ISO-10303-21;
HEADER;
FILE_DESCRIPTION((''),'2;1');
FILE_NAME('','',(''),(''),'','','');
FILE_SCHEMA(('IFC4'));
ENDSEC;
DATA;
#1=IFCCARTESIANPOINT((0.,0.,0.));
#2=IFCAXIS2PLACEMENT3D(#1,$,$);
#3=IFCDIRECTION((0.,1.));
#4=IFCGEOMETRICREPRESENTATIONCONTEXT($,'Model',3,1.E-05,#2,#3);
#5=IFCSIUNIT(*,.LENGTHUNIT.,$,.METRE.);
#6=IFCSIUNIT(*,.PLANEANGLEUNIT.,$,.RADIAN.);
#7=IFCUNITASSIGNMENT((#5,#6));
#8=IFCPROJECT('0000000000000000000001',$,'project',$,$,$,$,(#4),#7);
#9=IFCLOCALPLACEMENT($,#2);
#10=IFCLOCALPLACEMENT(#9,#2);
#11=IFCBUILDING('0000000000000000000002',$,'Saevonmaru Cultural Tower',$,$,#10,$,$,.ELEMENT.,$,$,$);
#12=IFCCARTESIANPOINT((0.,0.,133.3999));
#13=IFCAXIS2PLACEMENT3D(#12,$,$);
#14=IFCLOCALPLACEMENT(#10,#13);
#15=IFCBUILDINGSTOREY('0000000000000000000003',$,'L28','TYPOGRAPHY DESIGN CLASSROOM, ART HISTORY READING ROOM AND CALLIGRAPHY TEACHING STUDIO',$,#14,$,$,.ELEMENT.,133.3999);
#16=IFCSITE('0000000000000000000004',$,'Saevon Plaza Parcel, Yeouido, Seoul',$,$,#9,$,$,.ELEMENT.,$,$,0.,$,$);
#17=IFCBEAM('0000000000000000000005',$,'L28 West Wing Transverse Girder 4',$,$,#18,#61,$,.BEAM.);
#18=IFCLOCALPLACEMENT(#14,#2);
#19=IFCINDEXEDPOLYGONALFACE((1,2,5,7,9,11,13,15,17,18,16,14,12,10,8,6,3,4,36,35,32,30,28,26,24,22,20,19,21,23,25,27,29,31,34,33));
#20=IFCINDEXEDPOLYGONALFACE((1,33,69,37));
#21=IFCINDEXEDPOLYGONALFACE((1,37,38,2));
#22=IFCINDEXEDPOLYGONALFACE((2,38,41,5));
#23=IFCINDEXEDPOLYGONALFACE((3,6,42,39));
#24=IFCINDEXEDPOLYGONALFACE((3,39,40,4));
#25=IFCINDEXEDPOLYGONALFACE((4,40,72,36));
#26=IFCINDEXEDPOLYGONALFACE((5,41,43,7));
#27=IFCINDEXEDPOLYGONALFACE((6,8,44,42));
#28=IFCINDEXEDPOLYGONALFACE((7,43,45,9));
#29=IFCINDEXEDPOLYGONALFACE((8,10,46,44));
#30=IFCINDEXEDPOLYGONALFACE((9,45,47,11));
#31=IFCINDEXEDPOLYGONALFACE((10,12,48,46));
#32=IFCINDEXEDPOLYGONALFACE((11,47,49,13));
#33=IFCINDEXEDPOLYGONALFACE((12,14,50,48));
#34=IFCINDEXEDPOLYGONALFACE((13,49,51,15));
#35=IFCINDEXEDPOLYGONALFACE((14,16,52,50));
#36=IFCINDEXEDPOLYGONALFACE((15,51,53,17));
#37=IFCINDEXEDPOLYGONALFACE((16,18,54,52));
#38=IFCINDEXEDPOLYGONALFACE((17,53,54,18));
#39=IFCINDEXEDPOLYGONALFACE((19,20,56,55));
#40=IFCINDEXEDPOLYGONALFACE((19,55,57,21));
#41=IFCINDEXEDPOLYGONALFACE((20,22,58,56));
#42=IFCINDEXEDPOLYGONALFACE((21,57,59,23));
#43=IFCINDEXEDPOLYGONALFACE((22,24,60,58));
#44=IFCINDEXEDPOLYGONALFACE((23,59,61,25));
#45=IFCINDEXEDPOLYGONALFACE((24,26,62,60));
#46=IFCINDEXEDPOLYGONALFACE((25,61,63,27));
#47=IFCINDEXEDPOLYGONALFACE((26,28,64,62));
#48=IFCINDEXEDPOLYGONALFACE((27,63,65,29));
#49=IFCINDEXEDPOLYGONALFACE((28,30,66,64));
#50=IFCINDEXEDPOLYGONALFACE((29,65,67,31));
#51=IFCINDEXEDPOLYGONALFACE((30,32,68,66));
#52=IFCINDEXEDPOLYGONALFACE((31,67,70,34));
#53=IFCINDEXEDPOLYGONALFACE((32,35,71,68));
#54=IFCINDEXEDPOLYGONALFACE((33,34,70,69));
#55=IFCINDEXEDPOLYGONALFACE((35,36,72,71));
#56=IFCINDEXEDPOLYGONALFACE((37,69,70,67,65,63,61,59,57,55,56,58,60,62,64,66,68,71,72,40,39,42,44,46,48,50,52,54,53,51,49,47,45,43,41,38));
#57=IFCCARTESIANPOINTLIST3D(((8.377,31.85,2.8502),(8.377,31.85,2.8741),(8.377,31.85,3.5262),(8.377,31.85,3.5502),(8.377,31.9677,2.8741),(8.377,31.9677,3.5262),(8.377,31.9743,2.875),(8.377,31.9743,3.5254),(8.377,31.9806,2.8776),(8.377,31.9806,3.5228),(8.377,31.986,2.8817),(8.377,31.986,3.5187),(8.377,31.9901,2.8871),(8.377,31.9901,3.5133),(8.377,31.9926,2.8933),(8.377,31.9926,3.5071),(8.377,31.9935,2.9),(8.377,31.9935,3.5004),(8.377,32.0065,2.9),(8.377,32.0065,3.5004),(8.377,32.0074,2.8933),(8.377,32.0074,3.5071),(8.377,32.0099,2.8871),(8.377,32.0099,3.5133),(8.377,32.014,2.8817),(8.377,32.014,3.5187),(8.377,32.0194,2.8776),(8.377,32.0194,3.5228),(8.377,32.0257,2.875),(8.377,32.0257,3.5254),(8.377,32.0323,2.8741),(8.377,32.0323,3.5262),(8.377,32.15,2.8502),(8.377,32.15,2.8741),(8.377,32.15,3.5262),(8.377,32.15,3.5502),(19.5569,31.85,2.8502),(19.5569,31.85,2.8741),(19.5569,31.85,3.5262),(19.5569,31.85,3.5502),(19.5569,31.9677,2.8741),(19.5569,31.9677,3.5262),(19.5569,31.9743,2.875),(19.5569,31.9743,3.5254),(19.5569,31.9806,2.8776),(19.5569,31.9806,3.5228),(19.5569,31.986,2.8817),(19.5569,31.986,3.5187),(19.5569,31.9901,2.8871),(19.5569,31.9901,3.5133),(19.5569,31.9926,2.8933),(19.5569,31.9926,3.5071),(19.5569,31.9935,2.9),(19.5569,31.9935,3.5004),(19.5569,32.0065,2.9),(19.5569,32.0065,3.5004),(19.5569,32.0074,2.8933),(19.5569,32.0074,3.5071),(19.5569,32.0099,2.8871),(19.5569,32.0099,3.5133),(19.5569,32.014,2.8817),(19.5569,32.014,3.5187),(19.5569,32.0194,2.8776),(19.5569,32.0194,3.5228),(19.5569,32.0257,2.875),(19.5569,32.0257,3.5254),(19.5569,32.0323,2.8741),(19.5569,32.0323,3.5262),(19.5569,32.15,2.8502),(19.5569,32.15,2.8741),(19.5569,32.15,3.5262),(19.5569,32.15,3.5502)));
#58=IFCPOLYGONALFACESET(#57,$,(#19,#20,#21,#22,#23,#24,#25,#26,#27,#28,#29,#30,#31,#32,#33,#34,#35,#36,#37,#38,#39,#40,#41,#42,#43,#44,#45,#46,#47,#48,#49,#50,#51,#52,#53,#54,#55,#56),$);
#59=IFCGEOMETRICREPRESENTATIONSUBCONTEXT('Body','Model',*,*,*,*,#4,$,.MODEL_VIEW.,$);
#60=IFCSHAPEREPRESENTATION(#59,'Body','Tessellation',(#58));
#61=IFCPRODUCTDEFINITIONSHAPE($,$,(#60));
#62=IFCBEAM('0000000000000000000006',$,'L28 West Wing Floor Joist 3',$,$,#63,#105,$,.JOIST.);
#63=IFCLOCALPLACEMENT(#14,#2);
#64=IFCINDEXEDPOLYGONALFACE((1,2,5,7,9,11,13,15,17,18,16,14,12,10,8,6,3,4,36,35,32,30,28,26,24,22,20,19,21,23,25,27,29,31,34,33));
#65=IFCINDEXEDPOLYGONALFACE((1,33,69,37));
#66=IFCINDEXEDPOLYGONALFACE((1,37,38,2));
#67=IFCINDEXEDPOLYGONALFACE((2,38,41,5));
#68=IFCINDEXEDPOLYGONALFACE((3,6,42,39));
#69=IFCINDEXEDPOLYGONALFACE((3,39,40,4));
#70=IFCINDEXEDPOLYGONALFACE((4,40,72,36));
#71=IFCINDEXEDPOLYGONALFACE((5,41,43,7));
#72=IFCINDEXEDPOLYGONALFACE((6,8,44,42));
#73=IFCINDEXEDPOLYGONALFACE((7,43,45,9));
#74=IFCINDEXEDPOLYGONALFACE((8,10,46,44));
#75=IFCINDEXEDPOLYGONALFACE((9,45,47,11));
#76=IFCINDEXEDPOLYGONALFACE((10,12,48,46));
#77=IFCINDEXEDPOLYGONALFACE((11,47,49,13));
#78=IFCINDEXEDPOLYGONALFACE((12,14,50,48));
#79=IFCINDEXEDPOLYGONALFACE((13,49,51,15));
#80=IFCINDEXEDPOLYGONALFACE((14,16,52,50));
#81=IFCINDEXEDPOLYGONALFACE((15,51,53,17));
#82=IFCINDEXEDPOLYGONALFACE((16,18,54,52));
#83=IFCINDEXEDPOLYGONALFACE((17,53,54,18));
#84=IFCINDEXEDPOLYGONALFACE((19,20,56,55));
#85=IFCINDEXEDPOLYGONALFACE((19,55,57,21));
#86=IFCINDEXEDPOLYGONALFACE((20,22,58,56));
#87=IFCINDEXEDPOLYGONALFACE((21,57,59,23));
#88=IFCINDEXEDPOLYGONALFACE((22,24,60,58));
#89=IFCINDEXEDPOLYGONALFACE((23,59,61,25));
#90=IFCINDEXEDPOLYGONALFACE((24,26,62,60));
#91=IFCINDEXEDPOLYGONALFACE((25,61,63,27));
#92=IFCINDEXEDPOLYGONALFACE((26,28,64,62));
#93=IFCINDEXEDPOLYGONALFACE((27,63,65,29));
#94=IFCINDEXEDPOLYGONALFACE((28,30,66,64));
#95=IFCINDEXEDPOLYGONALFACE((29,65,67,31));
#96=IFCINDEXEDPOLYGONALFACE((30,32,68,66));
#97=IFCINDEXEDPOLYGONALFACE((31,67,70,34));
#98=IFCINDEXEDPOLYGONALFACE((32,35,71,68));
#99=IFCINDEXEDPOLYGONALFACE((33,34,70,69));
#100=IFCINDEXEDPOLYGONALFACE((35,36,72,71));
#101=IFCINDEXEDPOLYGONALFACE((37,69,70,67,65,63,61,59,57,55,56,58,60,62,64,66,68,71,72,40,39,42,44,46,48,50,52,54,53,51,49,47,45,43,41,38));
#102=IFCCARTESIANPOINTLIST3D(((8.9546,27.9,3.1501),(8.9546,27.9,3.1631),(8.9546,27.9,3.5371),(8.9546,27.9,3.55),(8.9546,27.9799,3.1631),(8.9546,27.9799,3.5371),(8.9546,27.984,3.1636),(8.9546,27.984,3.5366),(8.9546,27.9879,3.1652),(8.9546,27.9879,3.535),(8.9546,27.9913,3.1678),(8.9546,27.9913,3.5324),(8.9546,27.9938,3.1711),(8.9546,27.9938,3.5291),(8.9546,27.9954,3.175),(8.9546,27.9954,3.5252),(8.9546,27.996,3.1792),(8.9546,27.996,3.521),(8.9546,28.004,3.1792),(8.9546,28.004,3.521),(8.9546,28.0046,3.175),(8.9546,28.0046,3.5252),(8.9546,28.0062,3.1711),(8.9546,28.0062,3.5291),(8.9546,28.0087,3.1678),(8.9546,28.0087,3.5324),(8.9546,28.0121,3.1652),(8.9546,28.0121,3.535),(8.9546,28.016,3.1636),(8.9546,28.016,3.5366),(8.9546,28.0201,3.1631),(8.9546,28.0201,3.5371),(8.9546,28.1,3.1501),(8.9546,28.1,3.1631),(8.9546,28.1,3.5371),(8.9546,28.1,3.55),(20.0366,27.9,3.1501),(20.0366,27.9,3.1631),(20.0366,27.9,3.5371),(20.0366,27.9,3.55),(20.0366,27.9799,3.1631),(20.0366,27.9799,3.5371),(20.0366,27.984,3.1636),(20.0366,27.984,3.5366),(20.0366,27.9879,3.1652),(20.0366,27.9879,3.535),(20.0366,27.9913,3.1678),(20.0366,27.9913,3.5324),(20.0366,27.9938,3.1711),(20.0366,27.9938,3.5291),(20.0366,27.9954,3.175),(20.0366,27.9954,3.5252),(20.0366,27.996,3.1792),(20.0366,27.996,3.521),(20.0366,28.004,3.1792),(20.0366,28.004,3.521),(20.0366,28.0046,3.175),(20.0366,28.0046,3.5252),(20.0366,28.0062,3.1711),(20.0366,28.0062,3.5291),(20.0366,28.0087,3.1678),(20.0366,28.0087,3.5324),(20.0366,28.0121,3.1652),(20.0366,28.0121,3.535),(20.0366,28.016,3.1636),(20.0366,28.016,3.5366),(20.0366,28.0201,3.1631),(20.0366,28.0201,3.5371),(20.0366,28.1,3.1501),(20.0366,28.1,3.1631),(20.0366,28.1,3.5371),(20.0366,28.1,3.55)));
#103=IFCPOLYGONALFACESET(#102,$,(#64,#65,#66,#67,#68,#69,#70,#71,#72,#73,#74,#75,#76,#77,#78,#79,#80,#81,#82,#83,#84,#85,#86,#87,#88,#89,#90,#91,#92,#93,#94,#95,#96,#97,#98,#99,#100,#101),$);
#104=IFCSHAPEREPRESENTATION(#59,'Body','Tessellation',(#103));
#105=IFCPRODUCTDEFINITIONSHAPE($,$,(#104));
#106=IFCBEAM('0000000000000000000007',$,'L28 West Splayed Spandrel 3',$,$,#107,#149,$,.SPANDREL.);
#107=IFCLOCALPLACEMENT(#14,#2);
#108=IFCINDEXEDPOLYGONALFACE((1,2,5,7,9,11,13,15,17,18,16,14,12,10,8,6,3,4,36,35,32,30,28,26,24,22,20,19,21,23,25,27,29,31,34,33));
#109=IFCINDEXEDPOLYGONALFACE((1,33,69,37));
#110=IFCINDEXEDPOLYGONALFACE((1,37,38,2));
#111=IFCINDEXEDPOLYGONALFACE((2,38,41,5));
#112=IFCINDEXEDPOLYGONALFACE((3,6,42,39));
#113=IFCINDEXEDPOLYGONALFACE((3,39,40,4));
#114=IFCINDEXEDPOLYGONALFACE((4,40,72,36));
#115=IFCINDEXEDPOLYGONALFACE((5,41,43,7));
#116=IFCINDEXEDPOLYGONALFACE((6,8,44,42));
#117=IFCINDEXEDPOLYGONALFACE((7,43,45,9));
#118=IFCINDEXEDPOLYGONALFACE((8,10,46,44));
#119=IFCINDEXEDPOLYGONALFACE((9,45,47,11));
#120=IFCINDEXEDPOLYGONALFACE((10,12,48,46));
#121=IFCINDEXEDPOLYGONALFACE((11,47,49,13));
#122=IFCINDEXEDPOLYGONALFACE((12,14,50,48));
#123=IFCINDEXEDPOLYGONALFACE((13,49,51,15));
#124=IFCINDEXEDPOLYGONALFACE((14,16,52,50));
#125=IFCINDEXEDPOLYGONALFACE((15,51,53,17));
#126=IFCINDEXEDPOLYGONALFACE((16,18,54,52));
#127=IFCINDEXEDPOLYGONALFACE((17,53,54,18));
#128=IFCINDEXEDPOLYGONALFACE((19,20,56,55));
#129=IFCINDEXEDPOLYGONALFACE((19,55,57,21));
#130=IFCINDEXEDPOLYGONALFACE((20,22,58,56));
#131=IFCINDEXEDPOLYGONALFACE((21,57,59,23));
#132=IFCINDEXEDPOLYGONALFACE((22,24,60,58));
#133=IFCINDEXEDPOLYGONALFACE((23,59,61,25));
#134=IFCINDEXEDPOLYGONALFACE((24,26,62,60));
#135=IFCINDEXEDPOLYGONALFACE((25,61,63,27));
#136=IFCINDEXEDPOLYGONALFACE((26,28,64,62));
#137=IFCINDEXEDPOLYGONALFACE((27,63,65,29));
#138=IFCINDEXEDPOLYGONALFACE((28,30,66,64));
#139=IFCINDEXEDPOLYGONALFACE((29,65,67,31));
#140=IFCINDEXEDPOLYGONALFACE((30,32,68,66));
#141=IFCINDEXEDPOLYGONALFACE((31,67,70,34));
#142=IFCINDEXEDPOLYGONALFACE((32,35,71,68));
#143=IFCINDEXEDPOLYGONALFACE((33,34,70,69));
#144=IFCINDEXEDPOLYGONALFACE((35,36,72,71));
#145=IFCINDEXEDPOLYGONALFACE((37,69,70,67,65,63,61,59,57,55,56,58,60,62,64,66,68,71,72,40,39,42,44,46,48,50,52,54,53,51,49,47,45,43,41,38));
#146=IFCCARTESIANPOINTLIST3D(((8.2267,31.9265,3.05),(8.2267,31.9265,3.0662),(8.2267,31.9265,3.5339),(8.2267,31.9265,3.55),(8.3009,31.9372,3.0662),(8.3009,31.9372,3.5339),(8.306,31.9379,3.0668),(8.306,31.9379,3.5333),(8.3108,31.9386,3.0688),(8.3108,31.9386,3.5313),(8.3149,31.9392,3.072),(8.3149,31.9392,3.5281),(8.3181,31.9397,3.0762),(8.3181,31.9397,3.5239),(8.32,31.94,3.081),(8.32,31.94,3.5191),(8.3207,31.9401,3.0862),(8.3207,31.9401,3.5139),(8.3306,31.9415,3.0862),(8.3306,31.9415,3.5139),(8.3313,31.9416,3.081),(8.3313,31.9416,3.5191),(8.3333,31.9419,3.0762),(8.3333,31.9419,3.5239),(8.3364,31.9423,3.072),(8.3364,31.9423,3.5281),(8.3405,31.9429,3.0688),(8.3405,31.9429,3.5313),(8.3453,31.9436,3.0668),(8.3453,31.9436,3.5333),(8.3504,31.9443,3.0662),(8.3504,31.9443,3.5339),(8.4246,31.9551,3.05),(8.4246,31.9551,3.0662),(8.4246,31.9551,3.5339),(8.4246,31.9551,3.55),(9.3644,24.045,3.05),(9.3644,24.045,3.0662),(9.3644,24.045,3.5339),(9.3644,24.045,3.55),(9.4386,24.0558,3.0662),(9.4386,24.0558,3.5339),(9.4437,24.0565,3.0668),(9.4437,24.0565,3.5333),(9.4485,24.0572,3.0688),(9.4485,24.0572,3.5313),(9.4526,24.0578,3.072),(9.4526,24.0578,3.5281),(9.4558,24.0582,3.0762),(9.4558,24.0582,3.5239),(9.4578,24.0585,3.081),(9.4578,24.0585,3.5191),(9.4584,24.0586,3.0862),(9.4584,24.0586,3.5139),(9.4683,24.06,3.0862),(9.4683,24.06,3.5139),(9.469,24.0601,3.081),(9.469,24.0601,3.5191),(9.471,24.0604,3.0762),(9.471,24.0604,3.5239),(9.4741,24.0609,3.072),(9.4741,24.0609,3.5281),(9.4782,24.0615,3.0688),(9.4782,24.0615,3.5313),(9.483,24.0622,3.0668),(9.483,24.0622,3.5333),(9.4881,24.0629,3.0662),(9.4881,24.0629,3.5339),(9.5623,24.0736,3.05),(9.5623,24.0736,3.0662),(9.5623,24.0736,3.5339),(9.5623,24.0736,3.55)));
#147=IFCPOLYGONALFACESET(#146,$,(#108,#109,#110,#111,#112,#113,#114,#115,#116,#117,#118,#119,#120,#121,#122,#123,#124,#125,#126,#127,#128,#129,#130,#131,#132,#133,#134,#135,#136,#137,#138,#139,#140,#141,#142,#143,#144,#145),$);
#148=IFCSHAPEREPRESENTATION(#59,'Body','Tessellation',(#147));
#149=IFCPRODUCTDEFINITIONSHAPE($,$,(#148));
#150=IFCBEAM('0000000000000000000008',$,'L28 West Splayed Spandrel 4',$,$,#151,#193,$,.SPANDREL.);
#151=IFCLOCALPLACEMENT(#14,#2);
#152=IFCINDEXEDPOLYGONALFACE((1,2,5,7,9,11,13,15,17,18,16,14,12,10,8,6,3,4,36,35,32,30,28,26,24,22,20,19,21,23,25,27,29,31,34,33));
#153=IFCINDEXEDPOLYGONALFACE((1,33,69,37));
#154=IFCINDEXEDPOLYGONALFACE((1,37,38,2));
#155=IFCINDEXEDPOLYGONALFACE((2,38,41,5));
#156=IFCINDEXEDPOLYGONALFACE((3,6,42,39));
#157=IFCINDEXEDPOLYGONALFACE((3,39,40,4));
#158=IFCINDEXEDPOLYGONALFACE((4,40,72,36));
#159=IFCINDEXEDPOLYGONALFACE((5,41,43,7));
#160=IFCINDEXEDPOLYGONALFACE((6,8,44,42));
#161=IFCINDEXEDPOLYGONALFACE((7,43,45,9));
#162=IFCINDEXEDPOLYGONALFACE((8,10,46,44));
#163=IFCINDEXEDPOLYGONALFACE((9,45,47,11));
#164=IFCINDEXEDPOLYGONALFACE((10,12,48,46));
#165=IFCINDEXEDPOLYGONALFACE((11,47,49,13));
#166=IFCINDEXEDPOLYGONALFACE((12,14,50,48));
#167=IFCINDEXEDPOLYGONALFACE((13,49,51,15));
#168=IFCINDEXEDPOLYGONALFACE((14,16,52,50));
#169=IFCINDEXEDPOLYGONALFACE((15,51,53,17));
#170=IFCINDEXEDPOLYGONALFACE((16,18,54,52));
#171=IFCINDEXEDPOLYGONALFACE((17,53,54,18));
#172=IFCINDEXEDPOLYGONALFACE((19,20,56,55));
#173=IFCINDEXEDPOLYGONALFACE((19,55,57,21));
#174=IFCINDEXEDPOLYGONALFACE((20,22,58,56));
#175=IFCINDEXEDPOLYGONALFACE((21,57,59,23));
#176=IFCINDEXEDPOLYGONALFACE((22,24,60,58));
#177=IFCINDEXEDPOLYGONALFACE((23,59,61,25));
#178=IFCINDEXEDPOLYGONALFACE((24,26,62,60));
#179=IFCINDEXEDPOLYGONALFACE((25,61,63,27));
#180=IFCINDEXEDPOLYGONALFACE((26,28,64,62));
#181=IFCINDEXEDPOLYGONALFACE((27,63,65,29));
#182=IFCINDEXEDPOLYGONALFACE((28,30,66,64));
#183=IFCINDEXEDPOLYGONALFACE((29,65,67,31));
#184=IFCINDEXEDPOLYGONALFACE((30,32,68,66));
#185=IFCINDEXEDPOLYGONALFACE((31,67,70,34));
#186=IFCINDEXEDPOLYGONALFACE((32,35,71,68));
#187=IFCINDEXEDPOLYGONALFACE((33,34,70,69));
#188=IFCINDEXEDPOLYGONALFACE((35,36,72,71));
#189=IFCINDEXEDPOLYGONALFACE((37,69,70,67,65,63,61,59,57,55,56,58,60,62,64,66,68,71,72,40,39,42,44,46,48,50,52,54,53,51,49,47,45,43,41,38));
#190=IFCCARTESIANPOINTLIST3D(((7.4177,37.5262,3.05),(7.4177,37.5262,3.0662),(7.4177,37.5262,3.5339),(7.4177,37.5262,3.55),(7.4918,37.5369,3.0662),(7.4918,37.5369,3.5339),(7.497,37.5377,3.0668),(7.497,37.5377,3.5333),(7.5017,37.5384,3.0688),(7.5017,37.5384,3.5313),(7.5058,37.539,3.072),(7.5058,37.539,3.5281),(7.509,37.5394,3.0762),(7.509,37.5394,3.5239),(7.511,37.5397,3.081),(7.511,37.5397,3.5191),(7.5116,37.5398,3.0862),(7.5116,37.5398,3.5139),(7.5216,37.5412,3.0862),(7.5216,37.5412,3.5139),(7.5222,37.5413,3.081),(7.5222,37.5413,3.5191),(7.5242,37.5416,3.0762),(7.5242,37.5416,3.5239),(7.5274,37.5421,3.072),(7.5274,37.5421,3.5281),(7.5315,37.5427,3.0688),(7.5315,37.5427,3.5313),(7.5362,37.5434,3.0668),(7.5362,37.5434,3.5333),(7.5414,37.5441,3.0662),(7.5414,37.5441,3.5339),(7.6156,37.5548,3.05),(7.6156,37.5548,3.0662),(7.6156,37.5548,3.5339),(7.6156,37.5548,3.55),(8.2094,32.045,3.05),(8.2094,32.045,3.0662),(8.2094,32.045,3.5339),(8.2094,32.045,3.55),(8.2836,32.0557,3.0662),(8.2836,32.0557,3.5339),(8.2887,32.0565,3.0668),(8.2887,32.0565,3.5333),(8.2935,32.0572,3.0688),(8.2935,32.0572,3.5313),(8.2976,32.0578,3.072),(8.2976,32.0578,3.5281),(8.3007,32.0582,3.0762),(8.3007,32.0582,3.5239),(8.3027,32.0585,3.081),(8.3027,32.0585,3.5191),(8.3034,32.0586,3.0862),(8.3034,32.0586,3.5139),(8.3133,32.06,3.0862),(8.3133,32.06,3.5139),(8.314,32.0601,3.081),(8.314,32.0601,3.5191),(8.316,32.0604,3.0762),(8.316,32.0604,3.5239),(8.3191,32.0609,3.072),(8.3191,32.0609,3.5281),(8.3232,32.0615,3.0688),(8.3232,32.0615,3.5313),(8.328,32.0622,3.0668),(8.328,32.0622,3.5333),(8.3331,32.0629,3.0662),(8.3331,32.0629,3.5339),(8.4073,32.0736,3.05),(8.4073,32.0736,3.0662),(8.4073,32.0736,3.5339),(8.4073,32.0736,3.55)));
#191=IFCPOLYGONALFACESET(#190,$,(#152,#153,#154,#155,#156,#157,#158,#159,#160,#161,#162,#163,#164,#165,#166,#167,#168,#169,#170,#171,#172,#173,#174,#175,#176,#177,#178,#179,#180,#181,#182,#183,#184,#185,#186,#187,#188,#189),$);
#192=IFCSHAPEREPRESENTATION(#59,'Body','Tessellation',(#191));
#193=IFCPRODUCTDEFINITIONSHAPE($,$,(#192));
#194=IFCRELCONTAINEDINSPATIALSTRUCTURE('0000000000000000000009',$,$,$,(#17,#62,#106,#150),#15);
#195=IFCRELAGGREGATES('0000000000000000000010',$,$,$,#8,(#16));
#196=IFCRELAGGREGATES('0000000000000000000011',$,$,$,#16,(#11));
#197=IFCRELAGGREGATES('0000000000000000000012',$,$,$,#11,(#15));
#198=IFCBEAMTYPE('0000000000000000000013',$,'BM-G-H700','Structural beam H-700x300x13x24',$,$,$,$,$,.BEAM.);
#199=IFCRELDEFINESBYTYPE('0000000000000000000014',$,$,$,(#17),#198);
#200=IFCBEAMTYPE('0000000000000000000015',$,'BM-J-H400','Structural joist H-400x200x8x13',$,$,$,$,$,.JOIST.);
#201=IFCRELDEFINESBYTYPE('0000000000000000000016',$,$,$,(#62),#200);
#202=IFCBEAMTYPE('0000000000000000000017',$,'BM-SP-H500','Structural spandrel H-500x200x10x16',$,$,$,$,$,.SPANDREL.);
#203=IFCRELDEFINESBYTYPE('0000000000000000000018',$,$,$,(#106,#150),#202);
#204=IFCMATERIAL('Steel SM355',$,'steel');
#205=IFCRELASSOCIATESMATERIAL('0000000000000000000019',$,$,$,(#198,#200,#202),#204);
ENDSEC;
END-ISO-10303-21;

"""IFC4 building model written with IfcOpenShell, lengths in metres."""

from ifc_helpers import new_model, si_unit, direction, frame, origin, origin_2d, place, context, subcontext, project, spatial, i_section, extrude, material, material_profile, profile_set, type_object, element, save


model = new_model("IFC4")

# Units and contexts
model_context = context("Model", 3, precision=1e-05, world=origin(), true_north=direction((0.0, 1.0)))
body_context = subcontext(model_context, "Body", "Model", "MODEL_VIEW")
ifc_project = project(units=[si_unit("LENGTHUNIT", "METRE"), si_unit("PLANEANGLEUNIT", "RADIAN")], contexts=[model_context])

# Site, building, storey
site_placement = place(None, origin())
site = spatial("IfcSite", under=ifc_project, at=site_placement, Name="Saevon Plaza Parcel, Yeouido, Seoul", CompositionType="ELEMENT", RefElevation=0.0)
building_placement = place(site_placement, origin())
building = spatial("IfcBuilding", under=site, at=building_placement, Name="Saevonmaru Cultural Tower", CompositionType="ELEMENT")
storey_placement = place(building_placement, frame((0.0, 0.0, 133.3999)))
storey = spatial("IfcBuildingStorey", under=building, at=storey_placement, Name="L28", Description="TYPOGRAPHY DESIGN CLASSROOM, ART HISTORY READING ROOM AND CALLIGRAPHY TEACHING STUDIO", CompositionType="ELEMENT", Elevation=133.3999)

# Shared definitions
ifc_material_1 = material(Name="Steel SM355", Category="steel")

# Beams
ifc_material_profile_1 = material_profile(ifc_material_1, i_section(OverallWidth=0.3, OverallDepth=0.7, WebThickness=0.0129, FlangeThickness=0.0239, FilletRadius=0.0259, at=origin_2d()), Name="H-700x300x13x24")
ifc_profile_set_1 = profile_set([ifc_material_profile_1], Name="Steel SM355")
beam_type_1 = type_object("IfcBeamType", Name="BM-G-H700", Description="Structural beam H-700x300x13x24", PredefinedType="BEAM", material=ifc_profile_set_1)
for number, where, z_axis, x_axis, name in (
    (1, (8.377, 32.0, 3.2002), (1.0, 0.0, 0.0), (0.0, 1.0, 0.0), "L28 West Wing Transverse Girder 4"),
):
    element("IfcBeam", number, at=place(storey_placement, frame(where, z_axis=z_axis, x_axis=x_axis)), inside=storey, type_object=beam_type_1, Name=name, PredefinedType="BEAM", context=body_context, shape_type="SweptSolid", body=[
        extrude(i_section(OverallWidth=0.3, OverallDepth=0.7, WebThickness=0.0129, FlangeThickness=0.0239, FilletRadius=0.0259, at=origin_2d()), origin(), (0.0, 0.0, 1.0), 11.1799),
    ])
ifc_material_profile_2 = material_profile(ifc_material_1, i_section(OverallWidth=0.2, OverallDepth=0.3999, WebThickness=0.0081, FlangeThickness=0.0129, FilletRadius=0.0161, at=origin_2d()), Name="H-400x200x8x13")
ifc_profile_set_2 = profile_set([ifc_material_profile_2], Name="Steel SM355")
beam_type_2 = type_object("IfcBeamType", Name="BM-J-H400", Description="Structural joist H-400x200x8x13", PredefinedType="JOIST", material=ifc_profile_set_2)
beam_1_placement = place(storey_placement, frame((8.9546, 28.0, 3.3501), z_axis=(1.0, 0.0, 0.0), x_axis=(0.0, 1.0, 0.0)))
element("IfcBeam", 2, at=beam_1_placement, inside=storey, type_object=beam_type_2, Name="L28 West Wing Floor Joist 3", PredefinedType="JOIST", context=body_context, shape_type="SweptSolid", body=[
    extrude(i_section(OverallWidth=0.2, OverallDepth=0.3999, WebThickness=0.0081, FlangeThickness=0.0129, FilletRadius=0.0161, at=origin_2d()), origin(), (0.0, 0.0, 1.0), 11.082),
])
ifc_material_profile_3 = material_profile(ifc_material_1, i_section(OverallWidth=0.2, OverallDepth=0.5, WebThickness=0.01, FlangeThickness=0.0161, FilletRadius=0.02, at=origin_2d()), Name="H-500x200x10x16")
ifc_profile_set_3 = profile_set([ifc_material_profile_3], Name="Steel SM355")
beam_type_3 = type_object("IfcBeamType", Name="BM-SP-H500", Description="Structural spandrel H-500x200x10x16", PredefinedType="SPANDREL", material=ifc_profile_set_3)
beam_2_placement = place(storey_placement, frame((9.4634, 24.0593, 3.3), z_axis=(-0.142872, 0.989741, 0.0), x_axis=(-0.989741, -0.142872, 0.0)))
element("IfcBeam", 3, at=beam_2_placement, inside=storey, type_object=beam_type_3, Name="L28 West Splayed Spandrel 3", PredefinedType="SPANDREL", context=body_context, shape_type="SweptSolid", body=[
    extrude(i_section(OverallWidth=0.2, OverallDepth=0.5, WebThickness=0.01, FlangeThickness=0.0161, FilletRadius=0.02, at=origin_2d()), origin(), (0.0, 0.0, 1.0), 7.9631),
])
beam_3_placement = place(storey_placement, frame((8.3083, 32.0593, 3.3), z_axis=(-0.142964, 0.989728, 0.0), x_axis=(-0.989728, -0.142964, 0.0)))
element("IfcBeam", 4, at=beam_3_placement, inside=storey, type_object=beam_type_3, Name="L28 West Splayed Spandrel 4", PredefinedType="SPANDREL", context=body_context, shape_type="SweptSolid", body=[
    extrude(i_section(OverallWidth=0.2, OverallDepth=0.5, WebThickness=0.01, FlangeThickness=0.0161, FilletRadius=0.02, at=origin_2d()), origin(), (0.0, 0.0, 1.0), 5.5381),
])

save(model, "model.ifc")
